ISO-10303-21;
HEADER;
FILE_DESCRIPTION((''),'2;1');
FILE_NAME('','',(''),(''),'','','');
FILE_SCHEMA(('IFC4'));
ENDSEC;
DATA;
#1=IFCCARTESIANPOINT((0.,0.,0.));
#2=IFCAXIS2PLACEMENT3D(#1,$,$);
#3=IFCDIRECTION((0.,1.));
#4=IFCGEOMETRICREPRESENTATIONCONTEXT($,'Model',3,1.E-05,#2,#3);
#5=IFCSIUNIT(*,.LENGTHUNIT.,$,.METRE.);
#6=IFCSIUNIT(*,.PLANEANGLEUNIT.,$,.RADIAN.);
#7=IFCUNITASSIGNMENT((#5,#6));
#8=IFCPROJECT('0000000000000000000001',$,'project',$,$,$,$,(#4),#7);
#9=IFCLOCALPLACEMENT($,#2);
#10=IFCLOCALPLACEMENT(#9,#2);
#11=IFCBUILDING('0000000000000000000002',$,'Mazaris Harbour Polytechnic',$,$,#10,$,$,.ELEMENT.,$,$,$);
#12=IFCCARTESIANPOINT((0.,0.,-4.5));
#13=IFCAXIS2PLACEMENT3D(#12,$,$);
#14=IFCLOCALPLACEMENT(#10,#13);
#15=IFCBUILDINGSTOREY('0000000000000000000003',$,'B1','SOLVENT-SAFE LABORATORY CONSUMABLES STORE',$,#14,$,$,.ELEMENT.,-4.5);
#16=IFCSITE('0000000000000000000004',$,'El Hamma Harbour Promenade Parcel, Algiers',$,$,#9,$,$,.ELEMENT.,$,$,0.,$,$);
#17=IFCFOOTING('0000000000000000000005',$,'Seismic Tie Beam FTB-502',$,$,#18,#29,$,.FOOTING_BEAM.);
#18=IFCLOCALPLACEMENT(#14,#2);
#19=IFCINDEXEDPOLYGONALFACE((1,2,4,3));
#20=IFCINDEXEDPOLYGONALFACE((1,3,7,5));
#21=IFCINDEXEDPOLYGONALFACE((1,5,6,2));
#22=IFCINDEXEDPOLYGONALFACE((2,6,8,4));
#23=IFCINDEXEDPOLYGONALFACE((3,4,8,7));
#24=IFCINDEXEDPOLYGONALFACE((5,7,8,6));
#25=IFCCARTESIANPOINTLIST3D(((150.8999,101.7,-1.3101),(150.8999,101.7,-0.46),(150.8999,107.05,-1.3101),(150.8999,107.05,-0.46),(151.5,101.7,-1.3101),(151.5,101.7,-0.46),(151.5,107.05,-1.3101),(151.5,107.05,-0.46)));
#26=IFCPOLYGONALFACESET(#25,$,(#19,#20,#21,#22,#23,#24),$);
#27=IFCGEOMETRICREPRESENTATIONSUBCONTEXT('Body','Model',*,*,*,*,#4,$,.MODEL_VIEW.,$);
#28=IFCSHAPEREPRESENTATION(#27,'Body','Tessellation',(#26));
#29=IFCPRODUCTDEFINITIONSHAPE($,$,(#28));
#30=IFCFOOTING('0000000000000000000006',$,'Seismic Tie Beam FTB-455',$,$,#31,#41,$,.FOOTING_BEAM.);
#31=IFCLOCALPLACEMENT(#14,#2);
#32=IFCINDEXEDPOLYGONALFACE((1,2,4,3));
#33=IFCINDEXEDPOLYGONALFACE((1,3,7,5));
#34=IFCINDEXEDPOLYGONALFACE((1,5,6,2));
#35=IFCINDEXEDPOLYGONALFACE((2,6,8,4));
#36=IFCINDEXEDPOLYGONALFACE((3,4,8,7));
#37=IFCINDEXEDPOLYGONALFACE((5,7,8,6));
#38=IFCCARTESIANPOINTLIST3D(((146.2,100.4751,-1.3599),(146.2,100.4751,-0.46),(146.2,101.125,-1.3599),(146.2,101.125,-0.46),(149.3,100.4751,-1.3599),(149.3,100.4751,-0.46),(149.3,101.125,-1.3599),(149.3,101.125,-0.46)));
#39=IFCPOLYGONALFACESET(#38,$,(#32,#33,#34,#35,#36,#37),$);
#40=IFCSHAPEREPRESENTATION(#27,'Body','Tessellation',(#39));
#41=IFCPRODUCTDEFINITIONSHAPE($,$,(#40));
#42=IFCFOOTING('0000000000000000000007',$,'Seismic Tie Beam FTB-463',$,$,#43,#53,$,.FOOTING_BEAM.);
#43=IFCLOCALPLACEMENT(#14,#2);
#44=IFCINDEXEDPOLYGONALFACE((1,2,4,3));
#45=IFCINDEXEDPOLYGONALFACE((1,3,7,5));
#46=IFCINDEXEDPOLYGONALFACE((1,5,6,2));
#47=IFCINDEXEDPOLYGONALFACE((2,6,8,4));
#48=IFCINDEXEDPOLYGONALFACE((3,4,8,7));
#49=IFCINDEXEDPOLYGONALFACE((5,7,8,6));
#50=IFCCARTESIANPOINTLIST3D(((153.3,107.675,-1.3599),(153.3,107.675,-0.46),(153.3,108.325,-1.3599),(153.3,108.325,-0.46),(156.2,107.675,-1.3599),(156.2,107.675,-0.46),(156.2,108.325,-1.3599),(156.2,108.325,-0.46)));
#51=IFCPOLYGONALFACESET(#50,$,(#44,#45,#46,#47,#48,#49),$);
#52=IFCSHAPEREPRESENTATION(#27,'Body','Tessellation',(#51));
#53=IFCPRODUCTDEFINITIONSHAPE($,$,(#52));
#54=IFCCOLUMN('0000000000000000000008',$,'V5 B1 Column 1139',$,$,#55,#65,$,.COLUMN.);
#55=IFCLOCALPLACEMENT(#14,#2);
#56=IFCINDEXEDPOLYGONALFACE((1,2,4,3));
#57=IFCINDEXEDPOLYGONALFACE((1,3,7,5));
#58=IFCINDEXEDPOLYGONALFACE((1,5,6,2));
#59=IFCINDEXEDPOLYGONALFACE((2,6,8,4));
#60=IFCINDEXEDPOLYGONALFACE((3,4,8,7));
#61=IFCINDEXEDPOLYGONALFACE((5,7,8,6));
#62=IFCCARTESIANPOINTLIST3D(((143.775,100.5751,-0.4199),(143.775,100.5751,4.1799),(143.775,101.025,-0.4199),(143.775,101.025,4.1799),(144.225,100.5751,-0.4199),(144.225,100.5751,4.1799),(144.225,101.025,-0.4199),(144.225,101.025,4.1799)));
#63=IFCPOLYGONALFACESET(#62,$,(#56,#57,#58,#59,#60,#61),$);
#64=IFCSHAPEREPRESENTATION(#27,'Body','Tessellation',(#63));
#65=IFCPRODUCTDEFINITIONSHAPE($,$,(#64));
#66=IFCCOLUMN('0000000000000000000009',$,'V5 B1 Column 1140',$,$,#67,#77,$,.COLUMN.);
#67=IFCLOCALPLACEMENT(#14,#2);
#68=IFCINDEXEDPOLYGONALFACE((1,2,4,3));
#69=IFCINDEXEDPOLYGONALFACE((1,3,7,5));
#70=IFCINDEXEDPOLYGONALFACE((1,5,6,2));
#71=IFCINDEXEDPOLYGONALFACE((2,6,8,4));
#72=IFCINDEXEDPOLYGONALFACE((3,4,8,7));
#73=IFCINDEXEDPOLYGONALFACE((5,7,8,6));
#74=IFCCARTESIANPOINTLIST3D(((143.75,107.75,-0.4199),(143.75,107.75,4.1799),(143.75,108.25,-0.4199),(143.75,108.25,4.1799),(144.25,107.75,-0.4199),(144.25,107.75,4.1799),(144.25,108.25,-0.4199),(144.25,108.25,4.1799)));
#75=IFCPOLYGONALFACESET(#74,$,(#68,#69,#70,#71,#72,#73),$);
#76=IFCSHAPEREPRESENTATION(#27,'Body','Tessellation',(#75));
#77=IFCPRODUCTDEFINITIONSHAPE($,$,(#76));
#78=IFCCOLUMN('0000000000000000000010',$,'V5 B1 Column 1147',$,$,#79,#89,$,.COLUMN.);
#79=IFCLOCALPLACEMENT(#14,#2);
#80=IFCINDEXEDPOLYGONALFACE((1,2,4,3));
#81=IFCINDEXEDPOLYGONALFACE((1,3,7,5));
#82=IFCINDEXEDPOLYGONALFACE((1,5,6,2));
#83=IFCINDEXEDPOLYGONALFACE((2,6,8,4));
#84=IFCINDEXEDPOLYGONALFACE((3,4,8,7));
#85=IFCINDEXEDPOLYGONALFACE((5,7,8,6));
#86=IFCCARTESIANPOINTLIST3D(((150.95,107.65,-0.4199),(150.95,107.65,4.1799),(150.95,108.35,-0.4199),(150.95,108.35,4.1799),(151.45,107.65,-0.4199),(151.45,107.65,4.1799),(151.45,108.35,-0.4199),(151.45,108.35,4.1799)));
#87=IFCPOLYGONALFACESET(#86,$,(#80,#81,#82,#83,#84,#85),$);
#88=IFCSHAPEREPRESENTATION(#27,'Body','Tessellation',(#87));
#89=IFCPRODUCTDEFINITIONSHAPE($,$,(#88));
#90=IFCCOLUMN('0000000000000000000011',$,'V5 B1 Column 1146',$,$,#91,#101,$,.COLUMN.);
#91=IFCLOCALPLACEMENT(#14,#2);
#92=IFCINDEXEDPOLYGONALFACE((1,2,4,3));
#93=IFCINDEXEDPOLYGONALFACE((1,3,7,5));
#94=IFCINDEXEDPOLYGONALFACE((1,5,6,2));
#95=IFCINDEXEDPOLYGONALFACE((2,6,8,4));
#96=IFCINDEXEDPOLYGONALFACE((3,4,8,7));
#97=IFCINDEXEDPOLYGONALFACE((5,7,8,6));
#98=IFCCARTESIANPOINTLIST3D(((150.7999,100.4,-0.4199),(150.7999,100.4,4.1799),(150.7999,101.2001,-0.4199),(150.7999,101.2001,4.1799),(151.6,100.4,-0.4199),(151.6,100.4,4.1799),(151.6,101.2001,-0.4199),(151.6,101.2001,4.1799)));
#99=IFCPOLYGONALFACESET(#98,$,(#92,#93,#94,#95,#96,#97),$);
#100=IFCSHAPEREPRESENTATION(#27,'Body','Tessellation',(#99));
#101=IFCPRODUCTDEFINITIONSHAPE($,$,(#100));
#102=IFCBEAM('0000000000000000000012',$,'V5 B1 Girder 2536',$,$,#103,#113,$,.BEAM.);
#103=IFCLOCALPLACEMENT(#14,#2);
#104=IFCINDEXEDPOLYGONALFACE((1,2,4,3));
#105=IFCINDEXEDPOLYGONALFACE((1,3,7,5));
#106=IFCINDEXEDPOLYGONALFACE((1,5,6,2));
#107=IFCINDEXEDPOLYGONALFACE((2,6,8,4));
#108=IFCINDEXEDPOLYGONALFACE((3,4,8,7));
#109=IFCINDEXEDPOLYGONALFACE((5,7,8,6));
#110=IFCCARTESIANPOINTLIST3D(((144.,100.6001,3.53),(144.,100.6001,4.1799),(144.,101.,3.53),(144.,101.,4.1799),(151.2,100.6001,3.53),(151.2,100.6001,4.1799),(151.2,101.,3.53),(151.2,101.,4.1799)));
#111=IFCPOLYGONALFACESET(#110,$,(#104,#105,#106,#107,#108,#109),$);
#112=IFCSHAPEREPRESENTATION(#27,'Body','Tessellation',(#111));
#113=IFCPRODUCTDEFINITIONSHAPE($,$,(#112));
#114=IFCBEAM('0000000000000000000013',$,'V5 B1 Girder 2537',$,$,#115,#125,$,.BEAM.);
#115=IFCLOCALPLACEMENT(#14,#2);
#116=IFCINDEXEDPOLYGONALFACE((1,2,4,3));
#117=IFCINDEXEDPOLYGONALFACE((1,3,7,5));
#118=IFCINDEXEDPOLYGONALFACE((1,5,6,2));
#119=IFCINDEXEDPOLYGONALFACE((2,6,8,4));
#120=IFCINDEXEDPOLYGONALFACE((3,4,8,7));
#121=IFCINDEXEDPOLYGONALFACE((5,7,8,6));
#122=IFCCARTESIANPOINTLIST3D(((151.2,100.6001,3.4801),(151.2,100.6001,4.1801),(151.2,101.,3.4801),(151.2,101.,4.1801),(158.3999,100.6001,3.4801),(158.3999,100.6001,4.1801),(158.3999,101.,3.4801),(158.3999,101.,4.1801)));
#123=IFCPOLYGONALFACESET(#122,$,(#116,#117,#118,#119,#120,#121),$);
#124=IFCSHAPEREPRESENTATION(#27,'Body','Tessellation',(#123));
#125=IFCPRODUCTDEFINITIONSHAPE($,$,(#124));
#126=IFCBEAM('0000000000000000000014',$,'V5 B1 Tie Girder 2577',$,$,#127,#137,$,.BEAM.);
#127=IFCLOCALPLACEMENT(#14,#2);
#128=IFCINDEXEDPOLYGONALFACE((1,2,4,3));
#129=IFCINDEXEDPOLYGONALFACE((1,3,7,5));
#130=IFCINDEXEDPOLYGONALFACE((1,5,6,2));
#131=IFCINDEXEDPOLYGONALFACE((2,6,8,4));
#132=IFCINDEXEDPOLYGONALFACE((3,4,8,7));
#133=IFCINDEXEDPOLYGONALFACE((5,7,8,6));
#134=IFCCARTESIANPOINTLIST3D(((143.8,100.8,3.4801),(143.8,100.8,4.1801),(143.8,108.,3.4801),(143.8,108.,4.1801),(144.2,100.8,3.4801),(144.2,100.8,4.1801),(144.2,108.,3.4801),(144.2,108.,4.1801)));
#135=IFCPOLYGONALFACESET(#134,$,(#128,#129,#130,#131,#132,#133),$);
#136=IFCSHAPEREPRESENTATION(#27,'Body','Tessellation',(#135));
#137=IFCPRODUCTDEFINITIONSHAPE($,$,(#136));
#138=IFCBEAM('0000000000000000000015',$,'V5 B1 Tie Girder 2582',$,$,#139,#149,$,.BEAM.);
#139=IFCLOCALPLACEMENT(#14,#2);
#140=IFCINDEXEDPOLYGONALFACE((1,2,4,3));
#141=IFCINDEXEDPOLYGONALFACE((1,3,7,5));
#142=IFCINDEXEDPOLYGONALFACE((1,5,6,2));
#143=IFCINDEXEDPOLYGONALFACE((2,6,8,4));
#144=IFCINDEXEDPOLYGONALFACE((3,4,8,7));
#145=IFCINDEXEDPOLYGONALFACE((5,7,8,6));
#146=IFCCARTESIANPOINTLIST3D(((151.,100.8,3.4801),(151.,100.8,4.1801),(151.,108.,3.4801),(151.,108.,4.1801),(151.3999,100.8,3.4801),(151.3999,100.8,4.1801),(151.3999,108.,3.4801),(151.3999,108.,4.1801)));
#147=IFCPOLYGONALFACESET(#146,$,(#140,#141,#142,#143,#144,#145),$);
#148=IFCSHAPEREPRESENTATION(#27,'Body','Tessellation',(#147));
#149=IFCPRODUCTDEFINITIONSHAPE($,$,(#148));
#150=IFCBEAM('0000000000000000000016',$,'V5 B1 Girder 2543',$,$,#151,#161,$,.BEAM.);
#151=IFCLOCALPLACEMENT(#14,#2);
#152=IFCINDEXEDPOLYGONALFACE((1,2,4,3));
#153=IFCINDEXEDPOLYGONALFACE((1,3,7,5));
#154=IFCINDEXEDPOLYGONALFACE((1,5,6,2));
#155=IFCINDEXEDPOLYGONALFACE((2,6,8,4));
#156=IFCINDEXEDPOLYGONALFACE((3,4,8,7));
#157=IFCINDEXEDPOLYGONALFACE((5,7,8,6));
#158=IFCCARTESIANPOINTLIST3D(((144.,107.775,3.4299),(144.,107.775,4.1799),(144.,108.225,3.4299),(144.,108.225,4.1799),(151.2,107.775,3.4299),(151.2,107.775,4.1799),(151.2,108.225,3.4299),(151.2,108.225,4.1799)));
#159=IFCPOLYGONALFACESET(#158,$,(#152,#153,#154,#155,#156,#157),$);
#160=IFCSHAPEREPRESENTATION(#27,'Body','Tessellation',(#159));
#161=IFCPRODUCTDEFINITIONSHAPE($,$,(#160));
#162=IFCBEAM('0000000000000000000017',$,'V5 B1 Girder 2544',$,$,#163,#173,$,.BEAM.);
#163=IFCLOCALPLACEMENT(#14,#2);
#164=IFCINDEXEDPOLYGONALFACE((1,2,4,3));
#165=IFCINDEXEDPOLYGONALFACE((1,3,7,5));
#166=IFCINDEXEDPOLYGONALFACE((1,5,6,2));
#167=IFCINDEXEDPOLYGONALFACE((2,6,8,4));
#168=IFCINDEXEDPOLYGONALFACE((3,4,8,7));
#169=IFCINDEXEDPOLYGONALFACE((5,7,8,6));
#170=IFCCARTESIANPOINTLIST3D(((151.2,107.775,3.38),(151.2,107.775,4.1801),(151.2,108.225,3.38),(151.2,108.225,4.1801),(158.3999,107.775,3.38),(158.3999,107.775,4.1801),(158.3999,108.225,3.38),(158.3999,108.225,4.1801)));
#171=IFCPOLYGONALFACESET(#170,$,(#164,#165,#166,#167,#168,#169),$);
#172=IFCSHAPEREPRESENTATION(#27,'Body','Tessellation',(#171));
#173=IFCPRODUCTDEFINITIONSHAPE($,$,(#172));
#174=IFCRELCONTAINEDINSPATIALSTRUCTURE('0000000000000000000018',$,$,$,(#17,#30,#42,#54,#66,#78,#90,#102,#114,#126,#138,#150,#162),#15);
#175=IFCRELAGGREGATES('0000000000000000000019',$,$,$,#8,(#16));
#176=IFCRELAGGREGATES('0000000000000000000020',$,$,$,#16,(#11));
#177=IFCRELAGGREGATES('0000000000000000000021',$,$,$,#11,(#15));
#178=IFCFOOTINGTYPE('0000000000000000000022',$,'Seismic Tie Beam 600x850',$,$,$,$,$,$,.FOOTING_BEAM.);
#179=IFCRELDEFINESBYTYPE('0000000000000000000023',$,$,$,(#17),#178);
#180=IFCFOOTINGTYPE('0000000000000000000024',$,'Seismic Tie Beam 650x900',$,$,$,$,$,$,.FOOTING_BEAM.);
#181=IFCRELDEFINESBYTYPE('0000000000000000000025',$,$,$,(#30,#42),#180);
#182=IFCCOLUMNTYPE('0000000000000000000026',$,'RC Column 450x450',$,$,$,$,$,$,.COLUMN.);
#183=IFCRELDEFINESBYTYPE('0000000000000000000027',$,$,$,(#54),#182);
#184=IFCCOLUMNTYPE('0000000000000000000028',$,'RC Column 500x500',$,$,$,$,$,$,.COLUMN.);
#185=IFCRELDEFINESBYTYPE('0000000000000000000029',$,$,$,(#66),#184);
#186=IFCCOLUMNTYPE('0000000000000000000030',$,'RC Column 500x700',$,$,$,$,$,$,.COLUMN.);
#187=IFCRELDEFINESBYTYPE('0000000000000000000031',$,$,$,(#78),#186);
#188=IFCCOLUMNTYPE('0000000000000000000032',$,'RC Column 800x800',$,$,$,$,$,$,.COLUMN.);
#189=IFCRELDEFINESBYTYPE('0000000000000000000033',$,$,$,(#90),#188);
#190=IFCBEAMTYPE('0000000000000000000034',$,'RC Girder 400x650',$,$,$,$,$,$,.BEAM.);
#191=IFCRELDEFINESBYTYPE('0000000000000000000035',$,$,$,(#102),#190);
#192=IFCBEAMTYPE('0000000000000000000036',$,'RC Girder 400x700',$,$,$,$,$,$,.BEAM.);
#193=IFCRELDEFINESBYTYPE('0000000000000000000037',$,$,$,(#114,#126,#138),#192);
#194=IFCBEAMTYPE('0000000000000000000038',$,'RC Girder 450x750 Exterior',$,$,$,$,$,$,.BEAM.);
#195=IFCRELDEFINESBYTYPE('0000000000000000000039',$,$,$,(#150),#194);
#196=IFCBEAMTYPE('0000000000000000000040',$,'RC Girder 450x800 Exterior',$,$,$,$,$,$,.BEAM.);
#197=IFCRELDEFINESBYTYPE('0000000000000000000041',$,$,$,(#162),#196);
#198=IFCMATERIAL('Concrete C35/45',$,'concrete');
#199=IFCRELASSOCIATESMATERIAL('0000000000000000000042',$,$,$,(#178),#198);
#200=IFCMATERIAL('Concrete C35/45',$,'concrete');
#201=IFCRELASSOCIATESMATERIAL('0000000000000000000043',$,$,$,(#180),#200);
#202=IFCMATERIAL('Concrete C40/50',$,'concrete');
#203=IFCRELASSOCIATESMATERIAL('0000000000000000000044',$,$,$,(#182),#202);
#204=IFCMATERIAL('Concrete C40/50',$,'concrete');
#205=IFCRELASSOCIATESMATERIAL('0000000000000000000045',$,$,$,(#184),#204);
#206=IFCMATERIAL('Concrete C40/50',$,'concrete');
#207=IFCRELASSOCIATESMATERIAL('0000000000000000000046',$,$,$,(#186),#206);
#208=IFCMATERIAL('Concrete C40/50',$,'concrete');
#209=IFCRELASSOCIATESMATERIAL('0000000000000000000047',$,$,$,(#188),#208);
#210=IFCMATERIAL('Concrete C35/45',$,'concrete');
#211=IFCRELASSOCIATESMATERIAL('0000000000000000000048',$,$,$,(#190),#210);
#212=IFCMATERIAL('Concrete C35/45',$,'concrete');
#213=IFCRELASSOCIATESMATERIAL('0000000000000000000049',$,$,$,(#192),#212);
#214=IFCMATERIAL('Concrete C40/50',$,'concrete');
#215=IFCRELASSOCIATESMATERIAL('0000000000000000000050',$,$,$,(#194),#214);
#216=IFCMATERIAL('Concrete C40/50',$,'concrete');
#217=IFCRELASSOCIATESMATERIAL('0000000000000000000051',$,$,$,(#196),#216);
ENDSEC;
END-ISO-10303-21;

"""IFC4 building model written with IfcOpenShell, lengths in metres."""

from ifc_helpers import new_model, si_unit, direction, frame, origin, origin_2d, place, context, subcontext, project, spatial, rectangle, extrude, material, material_profile, profile_set, type_object, element, save


model = new_model("IFC4")

# Units and contexts
model_context = context("Model", 3, precision=1e-05, world=origin(), true_north=direction((0.0, 1.0)))
body_context = subcontext(model_context, "Body", "Model", "MODEL_VIEW")
ifc_project = project(units=[si_unit("LENGTHUNIT", "METRE"), si_unit("PLANEANGLEUNIT", "RADIAN")], contexts=[model_context])

# Site, building, storey
site_placement = place(None, origin())
site = spatial("IfcSite", under=ifc_project, at=site_placement, Name="El Hamma Harbour Promenade Parcel, Algiers", CompositionType="ELEMENT", RefElevation=0.0)
building_placement = place(site_placement, origin())
building = spatial("IfcBuilding", under=site, at=building_placement, Name="Mazaris Harbour Polytechnic", CompositionType="ELEMENT")
storey_placement = place(building_placement, frame((0.0, 0.0, -4.5)))
storey = spatial("IfcBuildingStorey", under=building, at=storey_placement, Name="B1", Description="SOLVENT-SAFE LABORATORY CONSUMABLES STORE", CompositionType="ELEMENT", Elevation=-4.5)

# Footings
ifc_material_1 = material(Name="Concrete C35/45", Category="concrete")
ifc_material_profile_1 = material_profile(ifc_material_1, rectangle(XDim=0.6001, YDim=0.8501, at=origin_2d()), Name="RECT600x850")
ifc_profile_set_1 = profile_set([ifc_material_profile_1], Name="Concrete C35/45")
footing_type_1 = type_object("IfcFootingType", Name="Seismic Tie Beam 600x850", PredefinedType="FOOTING_BEAM", material=ifc_profile_set_1)
footing_1_placement = place(storey_placement, frame((151.2, 101.7, -0.885), z_axis=(0.0, 1.0, 0.0), x_axis=(-1.0, 0.0, 0.0)))
element("IfcFooting", 1, at=footing_1_placement, inside=storey, type_object=footing_type_1, Name="Seismic Tie Beam FTB-502", PredefinedType="FOOTING_BEAM", context=body_context, shape_type="SweptSolid", body=[
    extrude(rectangle(XDim=0.6001, YDim=0.8501, at=origin_2d()), origin(), (0.0, 0.0, 1.0), 5.3501),
])
ifc_material_2 = material(Name="Concrete C35/45", Category="concrete")
ifc_material_profile_2 = material_profile(ifc_material_2, rectangle(XDim=0.6499, YDim=0.8999, at=origin_2d()), Name="RECT650x900")
ifc_profile_set_2 = profile_set([ifc_material_profile_2], Name="Concrete C35/45")
footing_type_2 = type_object("IfcFootingType", Name="Seismic Tie Beam 650x900", PredefinedType="FOOTING_BEAM", material=ifc_profile_set_2)
footing_2_placement = place(storey_placement, frame((146.2, 100.8, -0.9099), z_axis=(1.0, 0.0, 0.0), x_axis=(0.0, 1.0, 0.0)))
element("IfcFooting", 2, at=footing_2_placement, inside=storey, type_object=footing_type_2, Name="Seismic Tie Beam FTB-455", PredefinedType="FOOTING_BEAM", context=body_context, shape_type="SweptSolid", body=[
    extrude(rectangle(XDim=0.6499, YDim=0.8999, at=origin_2d()), origin(), (0.0, 0.0, 1.0), 3.1001),
])
footing_3_placement = place(storey_placement, frame((153.3, 108.0, -0.9099), z_axis=(1.0, 0.0, 0.0), x_axis=(0.0, 1.0, 0.0)))
element("IfcFooting", 3, at=footing_3_placement, inside=storey, type_object=footing_type_2, Name="Seismic Tie Beam FTB-463", PredefinedType="FOOTING_BEAM", context=body_context, shape_type="SweptSolid", body=[
    extrude(rectangle(XDim=0.6499, YDim=0.8999, at=origin_2d()), origin(), (0.0, 0.0, 1.0), 2.8999),
])

# Columns
ifc_material_3 = material(Name="Concrete C40/50", Category="concrete")
ifc_material_profile_3 = material_profile(ifc_material_3, rectangle(XDim=0.45, YDim=0.45, at=origin_2d()), Name="RECT450x450")
ifc_profile_set_3 = profile_set([ifc_material_profile_3], Name="Concrete C40/50")
column_type_1 = type_object("IfcColumnType", Name="RC Column 450x450", PredefinedType="COLUMN", material=ifc_profile_set_3)
column_1_placement = place(storey_placement, frame((144.0, 100.8, -0.4199), z_axis=(0.0, 0.0, 1.0), x_axis=(1.0, 0.0, 0.0)))
element("IfcColumn", 4, at=column_1_placement, inside=storey, type_object=column_type_1, Name="V5 B1 Column 1139", PredefinedType="COLUMN", context=body_context, shape_type="SweptSolid", body=[
    extrude(rectangle(XDim=0.45, YDim=0.45, at=origin_2d()), origin(), (0.0, 0.0, 1.0), 4.5999),
])
ifc_material_4 = material(Name="Concrete C40/50", Category="concrete")
ifc_material_profile_4 = material_profile(ifc_material_4, rectangle(XDim=0.5, YDim=0.5, at=origin_2d()), Name="RECT500x500")
ifc_profile_set_4 = profile_set([ifc_material_profile_4], Name="Concrete C40/50")
column_type_2 = type_object("IfcColumnType", Name="RC Column 500x500", PredefinedType="COLUMN", material=ifc_profile_set_4)
column_2_placement = place(storey_placement, frame((144.0, 108.0, -0.4199), z_axis=(0.0, 0.0, 1.0), x_axis=(1.0, 0.0, 0.0)))
element("IfcColumn", 5, at=column_2_placement, inside=storey, type_object=column_type_2, Name="V5 B1 Column 1140", PredefinedType="COLUMN", context=body_context, shape_type="SweptSolid", body=[
    extrude(rectangle(XDim=0.5, YDim=0.5, at=origin_2d()), origin(), (0.0, 0.0, 1.0), 4.5999),
])
ifc_material_5 = material(Name="Concrete C40/50", Category="concrete")
ifc_material_profile_5 = material_profile(ifc_material_5, rectangle(XDim=0.5, YDim=0.7, at=origin_2d()), Name="RECT500x700")
ifc_profile_set_5 = profile_set([ifc_material_profile_5], Name="Concrete C40/50")
column_type_3 = type_object("IfcColumnType", Name="RC Column 500x700", PredefinedType="COLUMN", material=ifc_profile_set_5)
column_3_placement = place(storey_placement, frame((151.2, 108.0, -0.4199), z_axis=(0.0, 0.0, 1.0), x_axis=(1.0, 0.0, 0.0)))
element("IfcColumn", 6, at=column_3_placement, inside=storey, type_object=column_type_3, Name="V5 B1 Column 1147", PredefinedType="COLUMN", context=body_context, shape_type="SweptSolid", body=[
    extrude(rectangle(XDim=0.5, YDim=0.7, at=origin_2d()), origin(), (0.0, 0.0, 1.0), 4.5999),
])
ifc_material_6 = material(Name="Concrete C40/50", Category="concrete")
ifc_material_profile_6 = material_profile(ifc_material_6, rectangle(XDim=0.8, YDim=0.8, at=origin_2d()), Name="RECT800x800")
ifc_profile_set_6 = profile_set([ifc_material_profile_6], Name="Concrete C40/50")
column_type_4 = type_object("IfcColumnType", Name="RC Column 800x800", PredefinedType="COLUMN", material=ifc_profile_set_6)
column_4_placement = place(storey_placement, frame((151.2, 100.8, -0.4199), z_axis=(0.0, 0.0, 1.0), x_axis=(1.0, 0.0, 0.0)))
element("IfcColumn", 7, at=column_4_placement, inside=storey, type_object=column_type_4, Name="V5 B1 Column 1146", PredefinedType="COLUMN", context=body_context, shape_type="SweptSolid", body=[
    extrude(rectangle(XDim=0.8, YDim=0.8, at=origin_2d()), origin(), (0.0, 0.0, 1.0), 4.5999),
])

# Beams
ifc_material_7 = material(Name="Concrete C35/45", Category="concrete")
ifc_material_profile_7 = material_profile(ifc_material_7, rectangle(XDim=0.3999, YDim=0.6499, at=origin_2d()), Name="RECT400x650")
ifc_profile_set_7 = profile_set([ifc_material_profile_7], Name="Concrete C35/45")
beam_type_1 = type_object("IfcBeamType", Name="RC Girder 400x650", PredefinedType="BEAM", material=ifc_profile_set_7)
beam_1_placement = place(storey_placement, frame((144.0, 100.8, 3.855), z_axis=(1.0, 0.0, 0.0), x_axis=(0.0, 1.0, 0.0)))
element("IfcBeam", 8, at=beam_1_placement, inside=storey, type_object=beam_type_1, Name="V5 B1 Girder 2536", PredefinedType="BEAM", context=body_context, shape_type="SweptSolid", body=[
    extrude(rectangle(XDim=0.3999, YDim=0.6499, at=origin_2d()), origin(), (0.0, 0.0, 1.0), 7.2),
])
ifc_material_8 = material(Name="Concrete C35/45", Category="concrete")
ifc_material_profile_8 = material_profile(ifc_material_8, rectangle(XDim=0.3999, YDim=0.7, at=origin_2d()), Name="RECT400x700")
ifc_profile_set_8 = profile_set([ifc_material_profile_8], Name="Concrete C35/45")
beam_type_2 = type_object("IfcBeamType", Name="RC Girder 400x700", PredefinedType="BEAM", material=ifc_profile_set_8)
for number, where, z_axis, x_axis, name in (
    (9, (151.2, 100.8, 3.8301), (1.0, 0.0, 0.0), (0.0, 1.0, 0.0), "V5 B1 Girder 2537"),
    (10, (144.0, 100.8, 3.8301), (0.0, 1.0, 0.0), (-1.0, 0.0, 0.0), "V5 B1 Tie Girder 2577"),
    (11, (151.2, 100.8, 3.8301), (0.0, 1.0, 0.0), (-1.0, 0.0, 0.0), "V5 B1 Tie Girder 2582"),
):
    element("IfcBeam", number, at=place(storey_placement, frame(where, z_axis=z_axis, x_axis=x_axis)), inside=storey, type_object=beam_type_2, Name=name, PredefinedType="BEAM", context=body_context, shape_type="SweptSolid", body=[
        extrude(rectangle(XDim=0.3999, YDim=0.7, at=origin_2d()), origin(), (0.0, 0.0, 1.0), 7.2),
    ])
ifc_material_9 = material(Name="Concrete C40/50", Category="concrete")
ifc_material_profile_9 = material_profile(ifc_material_9, rectangle(XDim=0.45, YDim=0.75, at=origin_2d()), Name="RECT450x750")
ifc_profile_set_9 = profile_set([ifc_material_profile_9], Name="Concrete C40/50")
beam_type_3 = type_object("IfcBeamType", Name="RC Girder 450x750 Exterior", PredefinedType="BEAM", material=ifc_profile_set_9)
beam_2_placement = place(storey_placement, frame((144.0, 108.0, 3.8049), z_axis=(1.0, 0.0, 0.0), x_axis=(0.0, 1.0, 0.0)))
element("IfcBeam", 12, at=beam_2_placement, inside=storey, type_object=beam_type_3, Name="V5 B1 Girder 2543", PredefinedType="BEAM", context=body_context, shape_type="SweptSolid", body=[
    extrude(rectangle(XDim=0.45, YDim=0.75, at=origin_2d()), origin(), (0.0, 0.0, 1.0), 7.2),
])
ifc_material_10 = material(Name="Concrete C40/50", Category="concrete")
ifc_material_profile_10 = material_profile(ifc_material_10, rectangle(XDim=0.45, YDim=0.8, at=origin_2d()), Name="RECT450x800")
ifc_profile_set_10 = profile_set([ifc_material_profile_10], Name="Concrete C40/50")
beam_type_4 = type_object("IfcBeamType", Name="RC Girder 450x800 Exterior", PredefinedType="BEAM", material=ifc_profile_set_10)
beam_3_placement = place(storey_placement, frame((151.2, 108.0, 3.78), z_axis=(1.0, 0.0, 0.0), x_axis=(0.0, 1.0, 0.0)))
element("IfcBeam", 13, at=beam_3_placement, inside=storey, type_object=beam_type_4, Name="V5 B1 Girder 2544", PredefinedType="BEAM", context=body_context, shape_type="SweptSolid", body=[
    extrude(rectangle(XDim=0.45, YDim=0.8, at=origin_2d()), origin(), (0.0, 0.0, 1.0), 7.2),
])

save(model, "model.ifc")
